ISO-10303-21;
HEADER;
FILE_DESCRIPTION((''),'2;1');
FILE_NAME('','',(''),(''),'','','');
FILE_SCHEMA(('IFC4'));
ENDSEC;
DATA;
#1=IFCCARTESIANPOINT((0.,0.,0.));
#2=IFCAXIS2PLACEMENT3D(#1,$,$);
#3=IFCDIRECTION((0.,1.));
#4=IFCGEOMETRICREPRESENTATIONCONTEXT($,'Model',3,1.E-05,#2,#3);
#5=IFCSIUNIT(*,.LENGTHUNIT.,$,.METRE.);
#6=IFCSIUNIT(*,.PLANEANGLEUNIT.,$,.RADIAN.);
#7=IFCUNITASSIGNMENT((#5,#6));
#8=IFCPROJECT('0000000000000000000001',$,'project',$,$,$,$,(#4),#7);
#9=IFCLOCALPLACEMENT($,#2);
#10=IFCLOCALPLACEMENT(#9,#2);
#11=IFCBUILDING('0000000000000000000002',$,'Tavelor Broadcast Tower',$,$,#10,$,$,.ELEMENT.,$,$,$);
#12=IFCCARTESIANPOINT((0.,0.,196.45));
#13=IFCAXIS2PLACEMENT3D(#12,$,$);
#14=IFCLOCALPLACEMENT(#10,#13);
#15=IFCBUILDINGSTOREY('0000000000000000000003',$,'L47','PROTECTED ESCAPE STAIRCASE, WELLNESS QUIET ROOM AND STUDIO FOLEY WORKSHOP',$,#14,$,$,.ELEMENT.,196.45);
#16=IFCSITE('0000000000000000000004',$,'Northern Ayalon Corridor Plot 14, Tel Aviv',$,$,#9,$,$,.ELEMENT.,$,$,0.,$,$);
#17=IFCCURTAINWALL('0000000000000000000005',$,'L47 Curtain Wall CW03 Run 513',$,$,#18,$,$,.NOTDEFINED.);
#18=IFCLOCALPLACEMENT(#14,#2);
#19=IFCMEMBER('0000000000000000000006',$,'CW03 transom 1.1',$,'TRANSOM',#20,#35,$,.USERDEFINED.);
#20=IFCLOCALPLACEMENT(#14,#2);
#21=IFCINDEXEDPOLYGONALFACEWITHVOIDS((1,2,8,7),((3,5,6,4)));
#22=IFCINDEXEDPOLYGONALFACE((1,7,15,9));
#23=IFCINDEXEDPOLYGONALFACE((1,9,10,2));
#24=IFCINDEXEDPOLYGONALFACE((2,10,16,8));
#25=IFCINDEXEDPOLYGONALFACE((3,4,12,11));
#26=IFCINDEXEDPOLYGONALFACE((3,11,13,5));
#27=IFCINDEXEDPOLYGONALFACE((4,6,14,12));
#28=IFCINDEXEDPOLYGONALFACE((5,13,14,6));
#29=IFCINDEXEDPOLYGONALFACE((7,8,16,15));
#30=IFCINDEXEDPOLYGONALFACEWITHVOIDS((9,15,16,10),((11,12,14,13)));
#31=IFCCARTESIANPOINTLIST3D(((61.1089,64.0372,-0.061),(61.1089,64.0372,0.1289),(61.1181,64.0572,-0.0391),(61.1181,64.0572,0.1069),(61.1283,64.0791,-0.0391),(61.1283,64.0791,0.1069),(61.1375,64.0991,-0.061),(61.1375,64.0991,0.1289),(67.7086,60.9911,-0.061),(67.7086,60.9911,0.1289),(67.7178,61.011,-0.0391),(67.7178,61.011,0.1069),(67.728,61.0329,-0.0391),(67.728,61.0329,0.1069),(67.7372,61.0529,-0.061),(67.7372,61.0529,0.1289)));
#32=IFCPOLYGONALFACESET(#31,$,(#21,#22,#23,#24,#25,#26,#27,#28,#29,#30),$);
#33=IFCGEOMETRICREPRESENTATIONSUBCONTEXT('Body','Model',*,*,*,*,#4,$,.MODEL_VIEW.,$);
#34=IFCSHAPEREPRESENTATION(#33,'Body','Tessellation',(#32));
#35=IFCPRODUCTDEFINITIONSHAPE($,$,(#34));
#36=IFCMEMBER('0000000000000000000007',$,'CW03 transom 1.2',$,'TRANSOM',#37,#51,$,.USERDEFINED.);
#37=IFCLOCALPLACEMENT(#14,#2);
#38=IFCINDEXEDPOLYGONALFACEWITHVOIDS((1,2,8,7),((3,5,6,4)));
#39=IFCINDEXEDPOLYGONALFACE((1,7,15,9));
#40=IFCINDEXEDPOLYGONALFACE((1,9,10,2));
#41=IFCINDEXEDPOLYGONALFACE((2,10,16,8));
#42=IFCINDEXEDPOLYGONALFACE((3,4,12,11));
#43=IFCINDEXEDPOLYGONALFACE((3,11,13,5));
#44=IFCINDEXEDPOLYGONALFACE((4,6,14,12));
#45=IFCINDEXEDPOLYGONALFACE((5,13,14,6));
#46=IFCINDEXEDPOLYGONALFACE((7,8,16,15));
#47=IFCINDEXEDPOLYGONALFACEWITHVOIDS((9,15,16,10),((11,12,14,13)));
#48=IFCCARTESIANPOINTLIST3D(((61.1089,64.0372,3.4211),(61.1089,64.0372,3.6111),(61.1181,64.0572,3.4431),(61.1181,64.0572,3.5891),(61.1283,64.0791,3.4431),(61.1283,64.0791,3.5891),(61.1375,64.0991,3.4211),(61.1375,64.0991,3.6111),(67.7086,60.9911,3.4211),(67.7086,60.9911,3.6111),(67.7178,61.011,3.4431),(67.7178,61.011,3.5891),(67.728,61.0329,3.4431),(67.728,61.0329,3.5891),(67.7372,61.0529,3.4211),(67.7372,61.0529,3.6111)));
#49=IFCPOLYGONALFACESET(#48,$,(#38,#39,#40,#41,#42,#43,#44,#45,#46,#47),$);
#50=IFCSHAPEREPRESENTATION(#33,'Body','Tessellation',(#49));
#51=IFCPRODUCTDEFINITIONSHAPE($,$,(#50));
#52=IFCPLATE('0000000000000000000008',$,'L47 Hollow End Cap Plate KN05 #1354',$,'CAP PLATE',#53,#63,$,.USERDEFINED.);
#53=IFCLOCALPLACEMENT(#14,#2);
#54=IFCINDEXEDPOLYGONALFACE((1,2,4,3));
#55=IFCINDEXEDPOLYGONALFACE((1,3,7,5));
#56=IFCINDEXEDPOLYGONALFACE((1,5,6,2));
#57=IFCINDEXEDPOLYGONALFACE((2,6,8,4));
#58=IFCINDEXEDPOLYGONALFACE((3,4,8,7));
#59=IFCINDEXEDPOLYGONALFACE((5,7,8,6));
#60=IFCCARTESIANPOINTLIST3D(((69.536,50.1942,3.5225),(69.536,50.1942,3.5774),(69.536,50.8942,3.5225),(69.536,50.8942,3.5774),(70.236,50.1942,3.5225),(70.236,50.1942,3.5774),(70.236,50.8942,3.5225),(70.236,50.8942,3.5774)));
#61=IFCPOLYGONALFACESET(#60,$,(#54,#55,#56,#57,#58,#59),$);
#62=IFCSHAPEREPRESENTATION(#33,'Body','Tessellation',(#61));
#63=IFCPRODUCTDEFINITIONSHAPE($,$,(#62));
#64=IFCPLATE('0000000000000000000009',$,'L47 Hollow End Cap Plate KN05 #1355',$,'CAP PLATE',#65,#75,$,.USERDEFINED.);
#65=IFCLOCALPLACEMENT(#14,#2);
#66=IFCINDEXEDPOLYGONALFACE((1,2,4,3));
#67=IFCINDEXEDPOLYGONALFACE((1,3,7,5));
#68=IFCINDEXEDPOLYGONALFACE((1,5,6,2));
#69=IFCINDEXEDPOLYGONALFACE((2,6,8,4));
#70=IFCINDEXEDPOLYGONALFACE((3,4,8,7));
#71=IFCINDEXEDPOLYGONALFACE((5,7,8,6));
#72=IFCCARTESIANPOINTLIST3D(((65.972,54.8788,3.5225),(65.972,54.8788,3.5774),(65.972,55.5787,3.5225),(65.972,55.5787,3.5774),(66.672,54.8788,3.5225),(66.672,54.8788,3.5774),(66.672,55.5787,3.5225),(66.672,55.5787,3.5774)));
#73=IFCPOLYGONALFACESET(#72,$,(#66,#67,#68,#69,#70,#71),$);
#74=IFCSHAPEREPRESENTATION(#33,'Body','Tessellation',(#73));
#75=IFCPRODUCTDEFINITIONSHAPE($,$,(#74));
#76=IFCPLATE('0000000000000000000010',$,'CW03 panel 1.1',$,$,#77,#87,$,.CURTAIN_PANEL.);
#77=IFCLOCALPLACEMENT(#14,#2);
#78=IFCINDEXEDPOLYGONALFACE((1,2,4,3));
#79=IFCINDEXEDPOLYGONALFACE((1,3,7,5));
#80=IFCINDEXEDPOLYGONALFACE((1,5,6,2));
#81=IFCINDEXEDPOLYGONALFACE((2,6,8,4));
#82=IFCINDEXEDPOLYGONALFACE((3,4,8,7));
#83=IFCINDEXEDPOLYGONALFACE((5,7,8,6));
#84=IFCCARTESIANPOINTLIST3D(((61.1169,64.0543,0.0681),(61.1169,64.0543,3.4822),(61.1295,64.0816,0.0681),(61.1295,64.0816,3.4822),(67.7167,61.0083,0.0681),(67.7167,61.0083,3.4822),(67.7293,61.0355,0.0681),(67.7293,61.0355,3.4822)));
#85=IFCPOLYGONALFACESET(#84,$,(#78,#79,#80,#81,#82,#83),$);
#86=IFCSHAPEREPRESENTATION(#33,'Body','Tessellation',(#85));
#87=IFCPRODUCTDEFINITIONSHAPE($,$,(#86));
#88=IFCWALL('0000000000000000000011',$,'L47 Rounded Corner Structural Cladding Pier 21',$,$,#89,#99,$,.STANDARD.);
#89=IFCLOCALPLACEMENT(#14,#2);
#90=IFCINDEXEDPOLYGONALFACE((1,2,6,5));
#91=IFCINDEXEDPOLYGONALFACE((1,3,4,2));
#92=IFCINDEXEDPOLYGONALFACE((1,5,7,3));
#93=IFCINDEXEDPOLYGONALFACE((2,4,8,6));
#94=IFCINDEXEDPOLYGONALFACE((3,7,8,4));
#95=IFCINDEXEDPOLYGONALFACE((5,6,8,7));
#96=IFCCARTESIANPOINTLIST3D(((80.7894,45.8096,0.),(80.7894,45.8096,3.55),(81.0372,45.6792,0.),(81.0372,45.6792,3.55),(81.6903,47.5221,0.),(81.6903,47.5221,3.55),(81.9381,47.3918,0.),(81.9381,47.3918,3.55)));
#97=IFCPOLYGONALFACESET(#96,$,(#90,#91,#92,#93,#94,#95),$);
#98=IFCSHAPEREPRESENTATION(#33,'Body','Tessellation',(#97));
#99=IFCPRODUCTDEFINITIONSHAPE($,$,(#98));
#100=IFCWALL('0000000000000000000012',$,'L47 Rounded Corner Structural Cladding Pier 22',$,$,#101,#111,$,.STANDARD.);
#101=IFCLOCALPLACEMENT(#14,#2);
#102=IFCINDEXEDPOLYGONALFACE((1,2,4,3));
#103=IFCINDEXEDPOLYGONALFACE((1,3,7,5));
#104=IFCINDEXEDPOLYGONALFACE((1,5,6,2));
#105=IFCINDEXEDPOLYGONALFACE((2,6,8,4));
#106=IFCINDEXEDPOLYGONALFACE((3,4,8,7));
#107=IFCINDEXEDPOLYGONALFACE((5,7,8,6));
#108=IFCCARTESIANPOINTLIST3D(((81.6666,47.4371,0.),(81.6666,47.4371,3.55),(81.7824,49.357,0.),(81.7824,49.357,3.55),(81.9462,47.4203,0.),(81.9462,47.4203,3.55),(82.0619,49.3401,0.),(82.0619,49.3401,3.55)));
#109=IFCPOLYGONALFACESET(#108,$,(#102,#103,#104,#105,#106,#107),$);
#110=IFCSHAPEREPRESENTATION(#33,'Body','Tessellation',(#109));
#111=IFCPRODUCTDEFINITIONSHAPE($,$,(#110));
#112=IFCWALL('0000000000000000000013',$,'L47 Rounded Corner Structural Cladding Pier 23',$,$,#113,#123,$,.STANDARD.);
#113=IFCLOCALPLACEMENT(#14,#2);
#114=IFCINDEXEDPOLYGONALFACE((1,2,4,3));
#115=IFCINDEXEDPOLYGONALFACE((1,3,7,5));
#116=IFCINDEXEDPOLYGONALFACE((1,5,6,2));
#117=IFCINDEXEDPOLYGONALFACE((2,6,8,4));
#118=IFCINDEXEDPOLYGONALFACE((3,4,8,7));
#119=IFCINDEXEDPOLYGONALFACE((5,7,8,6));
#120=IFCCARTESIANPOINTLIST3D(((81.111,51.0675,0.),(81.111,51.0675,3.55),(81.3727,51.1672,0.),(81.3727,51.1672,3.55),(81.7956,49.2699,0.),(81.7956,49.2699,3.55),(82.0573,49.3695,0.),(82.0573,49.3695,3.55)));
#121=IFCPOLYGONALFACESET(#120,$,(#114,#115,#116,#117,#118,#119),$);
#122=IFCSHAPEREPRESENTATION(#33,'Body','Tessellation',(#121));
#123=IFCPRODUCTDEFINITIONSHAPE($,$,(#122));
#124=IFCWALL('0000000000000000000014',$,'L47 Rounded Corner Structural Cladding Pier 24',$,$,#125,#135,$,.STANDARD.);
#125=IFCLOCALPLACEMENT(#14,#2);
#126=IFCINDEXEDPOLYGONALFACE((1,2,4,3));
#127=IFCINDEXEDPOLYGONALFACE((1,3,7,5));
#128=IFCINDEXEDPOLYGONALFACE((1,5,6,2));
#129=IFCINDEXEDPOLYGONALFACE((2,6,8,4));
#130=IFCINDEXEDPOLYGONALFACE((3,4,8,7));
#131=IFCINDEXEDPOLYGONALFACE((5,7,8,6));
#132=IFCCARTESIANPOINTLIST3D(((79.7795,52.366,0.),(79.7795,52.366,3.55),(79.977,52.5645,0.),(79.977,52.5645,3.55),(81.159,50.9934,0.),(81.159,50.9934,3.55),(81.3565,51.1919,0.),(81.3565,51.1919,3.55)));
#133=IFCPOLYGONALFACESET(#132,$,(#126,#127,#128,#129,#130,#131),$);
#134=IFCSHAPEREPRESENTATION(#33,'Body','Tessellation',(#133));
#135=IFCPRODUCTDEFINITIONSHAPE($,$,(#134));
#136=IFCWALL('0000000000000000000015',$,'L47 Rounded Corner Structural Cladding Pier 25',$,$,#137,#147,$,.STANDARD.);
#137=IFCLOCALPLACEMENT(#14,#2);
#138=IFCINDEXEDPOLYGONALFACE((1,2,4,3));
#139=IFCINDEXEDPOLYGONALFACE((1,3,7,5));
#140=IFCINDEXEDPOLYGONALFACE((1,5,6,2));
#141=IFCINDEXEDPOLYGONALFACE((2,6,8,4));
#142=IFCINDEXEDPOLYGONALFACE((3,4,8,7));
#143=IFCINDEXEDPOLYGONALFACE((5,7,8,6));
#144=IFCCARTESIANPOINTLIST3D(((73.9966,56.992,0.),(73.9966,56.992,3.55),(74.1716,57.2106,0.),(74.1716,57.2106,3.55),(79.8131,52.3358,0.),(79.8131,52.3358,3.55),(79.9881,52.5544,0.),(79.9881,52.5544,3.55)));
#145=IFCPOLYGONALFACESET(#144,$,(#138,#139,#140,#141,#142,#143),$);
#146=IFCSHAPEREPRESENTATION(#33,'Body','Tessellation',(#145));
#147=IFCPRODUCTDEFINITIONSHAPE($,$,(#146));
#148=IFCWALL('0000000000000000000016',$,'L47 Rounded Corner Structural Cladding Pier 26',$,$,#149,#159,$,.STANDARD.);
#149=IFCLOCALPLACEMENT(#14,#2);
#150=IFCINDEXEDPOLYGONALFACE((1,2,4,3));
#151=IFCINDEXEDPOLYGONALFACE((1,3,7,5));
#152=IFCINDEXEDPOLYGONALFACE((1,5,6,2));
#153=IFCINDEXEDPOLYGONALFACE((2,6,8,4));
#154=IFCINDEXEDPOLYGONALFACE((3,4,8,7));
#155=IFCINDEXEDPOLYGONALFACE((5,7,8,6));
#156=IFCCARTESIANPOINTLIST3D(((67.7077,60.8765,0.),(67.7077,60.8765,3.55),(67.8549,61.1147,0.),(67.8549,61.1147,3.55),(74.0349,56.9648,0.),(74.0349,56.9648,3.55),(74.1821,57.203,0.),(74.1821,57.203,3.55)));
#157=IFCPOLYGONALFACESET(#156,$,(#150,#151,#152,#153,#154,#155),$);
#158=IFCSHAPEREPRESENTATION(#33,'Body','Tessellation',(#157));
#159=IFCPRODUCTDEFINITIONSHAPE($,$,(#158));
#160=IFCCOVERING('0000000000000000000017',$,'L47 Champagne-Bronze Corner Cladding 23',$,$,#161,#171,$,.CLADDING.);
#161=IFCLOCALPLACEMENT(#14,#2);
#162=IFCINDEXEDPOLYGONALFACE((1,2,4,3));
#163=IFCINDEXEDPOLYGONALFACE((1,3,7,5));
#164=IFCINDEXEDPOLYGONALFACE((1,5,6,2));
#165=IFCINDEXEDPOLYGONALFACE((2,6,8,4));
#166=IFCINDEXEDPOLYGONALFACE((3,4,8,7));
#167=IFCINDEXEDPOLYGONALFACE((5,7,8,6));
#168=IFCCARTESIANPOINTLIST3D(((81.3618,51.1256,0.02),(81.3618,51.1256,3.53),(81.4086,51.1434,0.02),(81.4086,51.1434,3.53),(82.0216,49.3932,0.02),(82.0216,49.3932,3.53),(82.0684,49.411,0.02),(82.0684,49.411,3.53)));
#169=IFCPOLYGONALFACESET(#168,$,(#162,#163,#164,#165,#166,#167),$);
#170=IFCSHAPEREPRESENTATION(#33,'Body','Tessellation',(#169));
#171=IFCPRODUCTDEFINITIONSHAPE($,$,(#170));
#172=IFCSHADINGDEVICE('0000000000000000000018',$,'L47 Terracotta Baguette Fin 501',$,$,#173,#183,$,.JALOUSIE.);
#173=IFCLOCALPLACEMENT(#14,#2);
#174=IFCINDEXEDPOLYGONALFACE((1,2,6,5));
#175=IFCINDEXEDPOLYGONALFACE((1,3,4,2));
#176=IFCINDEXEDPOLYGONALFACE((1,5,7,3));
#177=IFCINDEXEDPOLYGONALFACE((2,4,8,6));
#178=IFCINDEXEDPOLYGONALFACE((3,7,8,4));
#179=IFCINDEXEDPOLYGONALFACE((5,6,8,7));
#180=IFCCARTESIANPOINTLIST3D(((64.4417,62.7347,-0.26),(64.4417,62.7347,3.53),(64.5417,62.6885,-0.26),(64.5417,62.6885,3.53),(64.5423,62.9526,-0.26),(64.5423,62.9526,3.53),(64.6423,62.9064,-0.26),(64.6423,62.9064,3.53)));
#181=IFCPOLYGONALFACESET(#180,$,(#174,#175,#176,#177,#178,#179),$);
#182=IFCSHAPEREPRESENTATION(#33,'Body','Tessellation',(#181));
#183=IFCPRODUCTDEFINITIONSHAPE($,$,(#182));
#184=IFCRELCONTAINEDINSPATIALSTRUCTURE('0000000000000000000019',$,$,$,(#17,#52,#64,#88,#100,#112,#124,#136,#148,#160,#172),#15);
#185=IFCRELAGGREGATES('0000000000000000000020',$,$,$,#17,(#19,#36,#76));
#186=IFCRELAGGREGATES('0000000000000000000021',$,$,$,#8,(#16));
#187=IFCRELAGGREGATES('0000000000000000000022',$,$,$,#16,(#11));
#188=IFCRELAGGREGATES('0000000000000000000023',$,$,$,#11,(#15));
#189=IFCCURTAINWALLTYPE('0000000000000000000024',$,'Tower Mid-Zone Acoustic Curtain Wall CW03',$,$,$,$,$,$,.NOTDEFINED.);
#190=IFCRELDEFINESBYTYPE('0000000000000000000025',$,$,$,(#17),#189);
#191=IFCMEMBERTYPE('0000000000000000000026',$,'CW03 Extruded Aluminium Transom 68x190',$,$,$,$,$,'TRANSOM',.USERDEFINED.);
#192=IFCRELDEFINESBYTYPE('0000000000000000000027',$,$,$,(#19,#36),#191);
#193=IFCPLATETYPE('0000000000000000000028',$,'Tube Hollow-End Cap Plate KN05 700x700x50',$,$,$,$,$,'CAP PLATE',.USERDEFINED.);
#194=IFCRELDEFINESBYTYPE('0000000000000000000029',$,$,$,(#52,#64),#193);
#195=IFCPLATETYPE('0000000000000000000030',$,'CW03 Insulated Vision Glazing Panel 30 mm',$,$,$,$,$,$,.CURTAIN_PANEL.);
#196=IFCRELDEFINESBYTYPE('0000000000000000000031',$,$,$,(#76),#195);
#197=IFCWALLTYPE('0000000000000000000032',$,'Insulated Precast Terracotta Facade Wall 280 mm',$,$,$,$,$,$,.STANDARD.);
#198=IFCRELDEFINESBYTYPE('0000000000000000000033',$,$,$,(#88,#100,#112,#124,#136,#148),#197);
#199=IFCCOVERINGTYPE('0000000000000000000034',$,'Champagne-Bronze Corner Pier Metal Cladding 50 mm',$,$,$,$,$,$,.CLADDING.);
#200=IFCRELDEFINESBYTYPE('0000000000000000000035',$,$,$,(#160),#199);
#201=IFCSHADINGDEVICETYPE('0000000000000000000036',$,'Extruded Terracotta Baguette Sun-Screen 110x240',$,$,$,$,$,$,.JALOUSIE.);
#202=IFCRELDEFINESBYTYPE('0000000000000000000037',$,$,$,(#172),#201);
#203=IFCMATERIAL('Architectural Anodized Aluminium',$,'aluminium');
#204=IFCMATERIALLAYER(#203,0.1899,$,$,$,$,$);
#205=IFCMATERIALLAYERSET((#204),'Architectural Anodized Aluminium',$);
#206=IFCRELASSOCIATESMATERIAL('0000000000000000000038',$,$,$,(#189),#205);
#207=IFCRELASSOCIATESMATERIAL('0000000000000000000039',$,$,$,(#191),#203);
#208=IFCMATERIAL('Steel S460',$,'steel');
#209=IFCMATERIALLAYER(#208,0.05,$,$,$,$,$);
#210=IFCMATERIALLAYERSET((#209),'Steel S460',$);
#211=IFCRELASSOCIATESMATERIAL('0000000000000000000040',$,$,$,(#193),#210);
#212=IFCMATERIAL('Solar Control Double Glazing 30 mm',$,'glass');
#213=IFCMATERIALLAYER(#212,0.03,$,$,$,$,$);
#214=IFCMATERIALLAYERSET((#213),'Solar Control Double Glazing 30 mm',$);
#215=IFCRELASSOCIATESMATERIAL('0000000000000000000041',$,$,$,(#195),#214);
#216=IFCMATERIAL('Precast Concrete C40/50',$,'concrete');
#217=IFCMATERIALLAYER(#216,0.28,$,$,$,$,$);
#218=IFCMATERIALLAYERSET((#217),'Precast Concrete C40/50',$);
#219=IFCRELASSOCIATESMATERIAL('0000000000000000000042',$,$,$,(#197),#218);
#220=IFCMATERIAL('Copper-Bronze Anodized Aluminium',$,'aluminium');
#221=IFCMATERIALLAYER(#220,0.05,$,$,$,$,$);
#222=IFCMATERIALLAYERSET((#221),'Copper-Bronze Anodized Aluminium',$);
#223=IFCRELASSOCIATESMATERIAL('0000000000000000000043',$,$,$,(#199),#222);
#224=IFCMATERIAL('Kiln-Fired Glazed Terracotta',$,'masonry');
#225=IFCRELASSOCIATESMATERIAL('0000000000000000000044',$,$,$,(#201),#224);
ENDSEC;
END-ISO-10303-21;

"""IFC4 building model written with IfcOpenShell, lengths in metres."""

from ifc_helpers import new_model, si_unit, direction, frame, frame_2d, origin, origin_2d, place, context, subcontext, project, spatial, rectangle, hollow_rectangle, extrude, source, transform, mapped, material, layer, layer_set, material_profile, profile_set, type_object, type_shapes, element, aggregate, save


model = new_model("IFC4")

# Units and contexts
model_context = context("Model", 3, precision=1e-05, world=origin(), true_north=direction((0.0, 1.0)))
body_context = subcontext(model_context, "Body", "Model", "MODEL_VIEW")
ifc_project = project(units=[si_unit("LENGTHUNIT", "METRE"), si_unit("PLANEANGLEUNIT", "RADIAN")], contexts=[model_context])

# Site, building, storey
site_placement = place(None, origin())
site = spatial("IfcSite", under=ifc_project, at=site_placement, Name="Northern Ayalon Corridor Plot 14, Tel Aviv", CompositionType="ELEMENT", RefElevation=0.0)
building_placement = place(site_placement, origin())
building = spatial("IfcBuilding", under=site, at=building_placement, Name="Tavelor Broadcast Tower", CompositionType="ELEMENT")
storey_placement = place(building_placement, frame((0.0, 0.0, 196.45)))
storey = spatial("IfcBuildingStorey", under=building, at=storey_placement, Name="L47", Description="PROTECTED ESCAPE STAIRCASE, WELLNESS QUIET ROOM AND STUDIO FOLEY WORKSHOP", CompositionType="ELEMENT", Elevation=196.45)

# Shared definitions
ifc_material_1 = material(Name="Steel S460", Category="steel")

# Shared definitions
ifc_material_2 = material(Name="Architectural Anodized Aluminium", Category="aluminium")
ifc_layer_1 = layer(ifc_material_2, 0.1899)
ifc_layer_set_1 = layer_set([ifc_layer_1], Name="Architectural Anodized Aluminium")
curtain_wall_type = type_object("IfcCurtainWallType", Name="Tower Mid-Zone Acoustic Curtain Wall CW03", PredefinedType="NOTDEFINED", material=ifc_layer_set_1)

# Curtain wall, members
curtain_wall_1_placement = place(storey_placement, origin())
curtain_wall_1 = element("IfcCurtainWall", 1, at=curtain_wall_1_placement, inside=storey, type_object=curtain_wall_type, Name="L47 Curtain Wall CW03 Run 513", PredefinedType="NOTDEFINED")
ifc_material_profile_1 = material_profile(ifc_material_2, hollow_rectangle(XDim=0.0681, YDim=0.1899, WallThickness=0.022, at=origin_2d()), Name="RHS 68x190x22")
ifc_profile_set_1 = profile_set([ifc_material_profile_1], Name="Architectural Anodized Aluminium")
member_type_1 = type_object("IfcMemberType", Name="CW03 Extruded Aluminium Transom 68x190", ElementType="TRANSOM", PredefinedType="USERDEFINED", material=ifc_profile_set_1)
shared_shape_1 = source(origin(), body_context, "Body", "SweptSolid", [
    extrude(hollow_rectangle(XDim=0.0681, YDim=0.1899, WallThickness=0.022, at=origin_2d()), origin(), (0.0, 0.0, 1.0), 7.2688),
])
type_shapes(member_type_1, [shared_shape_1])
member_1_placement = place(storey_placement, frame((67.7229, 61.022, 0.0339), z_axis=(-0.907951, 0.419077, 0.0), x_axis=(-0.419077, -0.907951, 0.0)))
member_1 = element("IfcMember", 2, at=member_1_placement, type_object=member_type_1, Name="CW03 transom 1.1", ObjectType="TRANSOM", PredefinedType="USERDEFINED", context=body_context, shape_type="MappedRepresentation", body=[
    mapped(shared_shape_1, transform((0.0, 0.0, 0.0), scale=1.0)),
])
member_2_placement = place(storey_placement, frame((67.7229, 61.022, 3.5161), z_axis=(-0.907951, 0.419077, 0.0), x_axis=(-0.419077, -0.907951, 0.0)))
member_2 = element("IfcMember", 3, at=member_2_placement, type_object=member_type_1, Name="CW03 transom 1.2", ObjectType="TRANSOM", PredefinedType="USERDEFINED", context=body_context, shape_type="MappedRepresentation", body=[
    mapped(shared_shape_1, transform((0.0, 0.0, 0.0), scale=1.0)),
])

# Plates
ifc_layer_2 = layer(ifc_material_1, 0.05)
ifc_layer_set_2 = layer_set([ifc_layer_2], Name="Steel S460")
plate_type_1 = type_object("IfcPlateType", Name="Tube Hollow-End Cap Plate KN05 700x700x50", ElementType="CAP PLATE", PredefinedType="USERDEFINED", material=ifc_layer_set_2)
shared_shape_2 = source(origin(), body_context, "Body", "SweptSolid", [
    extrude(rectangle(XDim=0.7, YDim=0.7, at=origin_2d()), origin(), (0.0, 0.0, 1.0), 0.0549),
])
type_shapes(plate_type_1, [shared_shape_2])
for number, where, z_axis, x_axis, name in (
    (4, (69.886, 50.5442, 3.5225), (0.0, 0.0, 1.0), (1.0, 0.0, 0.0), "L47 Hollow End Cap Plate KN05 #1354"),
    (5, (66.322, 55.2288, 3.5225), (0.0, 0.0, 1.0), (1.0, 0.0, 0.0), "L47 Hollow End Cap Plate KN05 #1355"),
):
    element("IfcPlate", number, at=place(storey_placement, frame(where, z_axis=z_axis, x_axis=x_axis)), inside=storey, type_object=plate_type_1, Name=name, ObjectType="CAP PLATE", PredefinedType="USERDEFINED", context=body_context, shape_type="MappedRepresentation", body=[
        mapped(shared_shape_2, transform((0.0, 0.0, 0.0), scale=1.0)),
    ])

# Plate
ifc_material_3 = material(Name="Solar Control Double Glazing 30 mm", Category="glass")
ifc_layer_3 = layer(ifc_material_3, 0.03)
ifc_layer_set_3 = layer_set([ifc_layer_3], Name="Solar Control Double Glazing 30 mm")
plate_type_2 = type_object("IfcPlateType", Name="CW03 Insulated Vision Glazing Panel 30 mm", PredefinedType="CURTAIN_PANEL", material=ifc_layer_set_3)
shared_shape_3 = source(origin(), body_context, "Body", "SweptSolid", [
    extrude(rectangle(XDim=7.2688, YDim=0.03, at=origin_2d()), origin(), (0.0, 0.0, 1.0), 3.4141),
])
type_shapes(plate_type_2, [shared_shape_3])
plate_placement = place(storey_placement, frame((64.4231, 62.5449, 0.0681), z_axis=(0.0, 0.0, 1.0), x_axis=(-0.90796, 0.419056, 0.0)))
plate = element("IfcPlate", 6, at=plate_placement, type_object=plate_type_2, Name="CW03 panel 1.1", PredefinedType="CURTAIN_PANEL", context=body_context, shape_type="MappedRepresentation", body=[
    mapped(shared_shape_3, transform((0.0, 0.0, 0.0), scale=1.0)),
])
aggregate(curtain_wall_1, [member_1, member_2, plate])

# Walls
ifc_material_4 = material(Name="Precast Concrete C40/50", Category="concrete")
ifc_layer_4 = layer(ifc_material_4, 0.28)
ifc_layer_set_4 = layer_set([ifc_layer_4], Name="Precast Concrete C40/50")
wall_type = type_object("IfcWallType", Name="Insulated Precast Terracotta Facade Wall 280 mm", PredefinedType="STANDARD", material=ifc_layer_set_4)
wall_1_placement = place(storey_placement, frame((80.9133, 45.7444, 0.0), z_axis=(0.0, 0.0, 1.0), x_axis=(0.465538, 0.885028, 0.0)))
element("IfcWall", 7, at=wall_1_placement, inside=storey, type_object=wall_type, Name="L47 Rounded Corner Structural Cladding Pier 21", PredefinedType="STANDARD", context=body_context, shape_type="SweptSolid", body=[
    extrude(rectangle(XDim=1.9351, YDim=0.28, at=frame_2d((0.9675, 0.0))), origin(), (0.0, 0.0, 1.0), 3.55),
])
wall_2_placement = place(storey_placement, frame((81.8064, 47.4287, 0.0), z_axis=(0.0, 0.0, 1.0), x_axis=(0.060165, 0.998188, 0.0)))
element("IfcWall", 8, at=wall_2_placement, inside=storey, type_object=wall_type, Name="L47 Rounded Corner Structural Cladding Pier 22", PredefinedType="STANDARD", context=body_context, shape_type="SweptSolid", body=[
    extrude(rectangle(XDim=1.9233, YDim=0.28, at=frame_2d((0.9617, 0.0))), origin(), (0.0, 0.0, 1.0), 3.55),
])
wall_3_placement = place(storey_placement, frame((81.9265, 49.3196, 0.0), z_axis=(0.0, 0.0, 1.0), x_axis=(-0.35589, 0.934528, 0.0)))
element("IfcWall", 9, at=wall_3_placement, inside=storey, type_object=wall_type, Name="L47 Rounded Corner Structural Cladding Pier 23", PredefinedType="STANDARD", context=body_context, shape_type="SweptSolid", body=[
    extrude(rectangle(XDim=1.9236, YDim=0.28, at=frame_2d((0.9619, 0.0))), origin(), (0.0, 0.0, 1.0), 3.55),
])
wall_4_placement = place(storey_placement, frame((81.2578, 51.0925, 0.0), z_axis=(0.0, 0.0, 1.0), x_axis=(-0.708861, 0.705348, 0.0)))
element("IfcWall", 10, at=wall_4_placement, inside=storey, type_object=wall_type, Name="L47 Rounded Corner Structural Cladding Pier 24", PredefinedType="STANDARD", context=body_context, shape_type="SweptSolid", body=[
    extrude(rectangle(XDim=1.946, YDim=0.28, at=frame_2d((0.9731, 0.0))), origin(), (0.0, 0.0, 1.0), 3.55),
])
wall_5_placement = place(storey_placement, frame((79.9006, 52.4451, 0.0), z_axis=(0.0, 0.0, 1.0), x_axis=(-0.780677, 0.624935, 0.0)))
element("IfcWall", 11, at=wall_5_placement, inside=storey, type_object=wall_type, Name="L47 Rounded Corner Structural Cladding Pier 25", PredefinedType="STANDARD", context=body_context, shape_type="SweptSolid", body=[
    extrude(rectangle(XDim=7.4507, YDim=0.28, at=frame_2d((3.7253, 0.0))), origin(), (0.0, 0.0, 1.0), 3.55),
])
wall_6_placement = place(storey_placement, frame((74.1084, 57.084, 0.0), z_axis=(0.0, 0.0, 1.0), x_axis=(-0.850577, 0.525851, 0.0)))
element("IfcWall", 12, at=wall_6_placement, inside=storey, type_object=wall_type, Name="L47 Rounded Corner Structural Cladding Pier 26", PredefinedType="STANDARD", context=body_context, shape_type="SweptSolid", body=[
    extrude(rectangle(XDim=7.4387, YDim=0.28, at=frame_2d((3.7192, 0.0))), origin(), (0.0, 0.0, 1.0), 3.55),
])

# Covering
ifc_material_5 = material(Name="Copper-Bronze Anodized Aluminium", Category="aluminium")
ifc_layer_5 = layer(ifc_material_5, 0.05)
ifc_layer_set_5 = layer_set([ifc_layer_5], Name="Copper-Bronze Anodized Aluminium")
covering_type = type_object("IfcCoveringType", Name="Champagne-Bronze Corner Pier Metal Cladding 50 mm", PredefinedType="CLADDING", material=ifc_layer_set_5)
covering_placement = place(storey_placement, frame((81.7151, 50.2683, 0.02), z_axis=(0.0, 0.0, 1.0), x_axis=(-0.355923, 0.934515, 0.0)))
element("IfcCovering", 13, at=covering_placement, inside=storey, type_object=covering_type, Name="L47 Champagne-Bronze Corner Cladding 23", PredefinedType="CLADDING", context=body_context, shape_type="SweptSolid", body=[
    extrude(rectangle(XDim=1.8538, YDim=0.05, at=origin_2d()), origin(), (0.0, 0.0, 1.0), 3.51),
])

# Shading device
ifc_material_6 = material(Name="Kiln-Fired Glazed Terracotta", Category="masonry")
shading_device_type = type_object("IfcShadingDeviceType", Name="Extruded Terracotta Baguette Sun-Screen 110x240", PredefinedType="JALOUSIE", material=ifc_material_6)
shared_shape_4 = source(origin(), body_context, "Body", "SweptSolid", [
    extrude(rectangle(XDim=0.1101, YDim=0.24, at=origin_2d()), origin(), (0.0, 0.0, 1.0), 3.79),
])
type_shapes(shading_device_type, [shared_shape_4])
shading_device_placement = place(storey_placement, frame((64.542, 62.8206, -0.26), z_axis=(0.0, 0.0, 1.0), x_axis=(-0.907997, 0.418977, 0.0)))
element("IfcShadingDevice", 14, at=shading_device_placement, inside=storey, type_object=shading_device_type, Name="L47 Terracotta Baguette Fin 501", PredefinedType="JALOUSIE", context=body_context, shape_type="MappedRepresentation", body=[
    mapped(shared_shape_4, transform((0.0, 0.0, 0.0), scale=1.0)),
])

save(model, "model.ifc")
